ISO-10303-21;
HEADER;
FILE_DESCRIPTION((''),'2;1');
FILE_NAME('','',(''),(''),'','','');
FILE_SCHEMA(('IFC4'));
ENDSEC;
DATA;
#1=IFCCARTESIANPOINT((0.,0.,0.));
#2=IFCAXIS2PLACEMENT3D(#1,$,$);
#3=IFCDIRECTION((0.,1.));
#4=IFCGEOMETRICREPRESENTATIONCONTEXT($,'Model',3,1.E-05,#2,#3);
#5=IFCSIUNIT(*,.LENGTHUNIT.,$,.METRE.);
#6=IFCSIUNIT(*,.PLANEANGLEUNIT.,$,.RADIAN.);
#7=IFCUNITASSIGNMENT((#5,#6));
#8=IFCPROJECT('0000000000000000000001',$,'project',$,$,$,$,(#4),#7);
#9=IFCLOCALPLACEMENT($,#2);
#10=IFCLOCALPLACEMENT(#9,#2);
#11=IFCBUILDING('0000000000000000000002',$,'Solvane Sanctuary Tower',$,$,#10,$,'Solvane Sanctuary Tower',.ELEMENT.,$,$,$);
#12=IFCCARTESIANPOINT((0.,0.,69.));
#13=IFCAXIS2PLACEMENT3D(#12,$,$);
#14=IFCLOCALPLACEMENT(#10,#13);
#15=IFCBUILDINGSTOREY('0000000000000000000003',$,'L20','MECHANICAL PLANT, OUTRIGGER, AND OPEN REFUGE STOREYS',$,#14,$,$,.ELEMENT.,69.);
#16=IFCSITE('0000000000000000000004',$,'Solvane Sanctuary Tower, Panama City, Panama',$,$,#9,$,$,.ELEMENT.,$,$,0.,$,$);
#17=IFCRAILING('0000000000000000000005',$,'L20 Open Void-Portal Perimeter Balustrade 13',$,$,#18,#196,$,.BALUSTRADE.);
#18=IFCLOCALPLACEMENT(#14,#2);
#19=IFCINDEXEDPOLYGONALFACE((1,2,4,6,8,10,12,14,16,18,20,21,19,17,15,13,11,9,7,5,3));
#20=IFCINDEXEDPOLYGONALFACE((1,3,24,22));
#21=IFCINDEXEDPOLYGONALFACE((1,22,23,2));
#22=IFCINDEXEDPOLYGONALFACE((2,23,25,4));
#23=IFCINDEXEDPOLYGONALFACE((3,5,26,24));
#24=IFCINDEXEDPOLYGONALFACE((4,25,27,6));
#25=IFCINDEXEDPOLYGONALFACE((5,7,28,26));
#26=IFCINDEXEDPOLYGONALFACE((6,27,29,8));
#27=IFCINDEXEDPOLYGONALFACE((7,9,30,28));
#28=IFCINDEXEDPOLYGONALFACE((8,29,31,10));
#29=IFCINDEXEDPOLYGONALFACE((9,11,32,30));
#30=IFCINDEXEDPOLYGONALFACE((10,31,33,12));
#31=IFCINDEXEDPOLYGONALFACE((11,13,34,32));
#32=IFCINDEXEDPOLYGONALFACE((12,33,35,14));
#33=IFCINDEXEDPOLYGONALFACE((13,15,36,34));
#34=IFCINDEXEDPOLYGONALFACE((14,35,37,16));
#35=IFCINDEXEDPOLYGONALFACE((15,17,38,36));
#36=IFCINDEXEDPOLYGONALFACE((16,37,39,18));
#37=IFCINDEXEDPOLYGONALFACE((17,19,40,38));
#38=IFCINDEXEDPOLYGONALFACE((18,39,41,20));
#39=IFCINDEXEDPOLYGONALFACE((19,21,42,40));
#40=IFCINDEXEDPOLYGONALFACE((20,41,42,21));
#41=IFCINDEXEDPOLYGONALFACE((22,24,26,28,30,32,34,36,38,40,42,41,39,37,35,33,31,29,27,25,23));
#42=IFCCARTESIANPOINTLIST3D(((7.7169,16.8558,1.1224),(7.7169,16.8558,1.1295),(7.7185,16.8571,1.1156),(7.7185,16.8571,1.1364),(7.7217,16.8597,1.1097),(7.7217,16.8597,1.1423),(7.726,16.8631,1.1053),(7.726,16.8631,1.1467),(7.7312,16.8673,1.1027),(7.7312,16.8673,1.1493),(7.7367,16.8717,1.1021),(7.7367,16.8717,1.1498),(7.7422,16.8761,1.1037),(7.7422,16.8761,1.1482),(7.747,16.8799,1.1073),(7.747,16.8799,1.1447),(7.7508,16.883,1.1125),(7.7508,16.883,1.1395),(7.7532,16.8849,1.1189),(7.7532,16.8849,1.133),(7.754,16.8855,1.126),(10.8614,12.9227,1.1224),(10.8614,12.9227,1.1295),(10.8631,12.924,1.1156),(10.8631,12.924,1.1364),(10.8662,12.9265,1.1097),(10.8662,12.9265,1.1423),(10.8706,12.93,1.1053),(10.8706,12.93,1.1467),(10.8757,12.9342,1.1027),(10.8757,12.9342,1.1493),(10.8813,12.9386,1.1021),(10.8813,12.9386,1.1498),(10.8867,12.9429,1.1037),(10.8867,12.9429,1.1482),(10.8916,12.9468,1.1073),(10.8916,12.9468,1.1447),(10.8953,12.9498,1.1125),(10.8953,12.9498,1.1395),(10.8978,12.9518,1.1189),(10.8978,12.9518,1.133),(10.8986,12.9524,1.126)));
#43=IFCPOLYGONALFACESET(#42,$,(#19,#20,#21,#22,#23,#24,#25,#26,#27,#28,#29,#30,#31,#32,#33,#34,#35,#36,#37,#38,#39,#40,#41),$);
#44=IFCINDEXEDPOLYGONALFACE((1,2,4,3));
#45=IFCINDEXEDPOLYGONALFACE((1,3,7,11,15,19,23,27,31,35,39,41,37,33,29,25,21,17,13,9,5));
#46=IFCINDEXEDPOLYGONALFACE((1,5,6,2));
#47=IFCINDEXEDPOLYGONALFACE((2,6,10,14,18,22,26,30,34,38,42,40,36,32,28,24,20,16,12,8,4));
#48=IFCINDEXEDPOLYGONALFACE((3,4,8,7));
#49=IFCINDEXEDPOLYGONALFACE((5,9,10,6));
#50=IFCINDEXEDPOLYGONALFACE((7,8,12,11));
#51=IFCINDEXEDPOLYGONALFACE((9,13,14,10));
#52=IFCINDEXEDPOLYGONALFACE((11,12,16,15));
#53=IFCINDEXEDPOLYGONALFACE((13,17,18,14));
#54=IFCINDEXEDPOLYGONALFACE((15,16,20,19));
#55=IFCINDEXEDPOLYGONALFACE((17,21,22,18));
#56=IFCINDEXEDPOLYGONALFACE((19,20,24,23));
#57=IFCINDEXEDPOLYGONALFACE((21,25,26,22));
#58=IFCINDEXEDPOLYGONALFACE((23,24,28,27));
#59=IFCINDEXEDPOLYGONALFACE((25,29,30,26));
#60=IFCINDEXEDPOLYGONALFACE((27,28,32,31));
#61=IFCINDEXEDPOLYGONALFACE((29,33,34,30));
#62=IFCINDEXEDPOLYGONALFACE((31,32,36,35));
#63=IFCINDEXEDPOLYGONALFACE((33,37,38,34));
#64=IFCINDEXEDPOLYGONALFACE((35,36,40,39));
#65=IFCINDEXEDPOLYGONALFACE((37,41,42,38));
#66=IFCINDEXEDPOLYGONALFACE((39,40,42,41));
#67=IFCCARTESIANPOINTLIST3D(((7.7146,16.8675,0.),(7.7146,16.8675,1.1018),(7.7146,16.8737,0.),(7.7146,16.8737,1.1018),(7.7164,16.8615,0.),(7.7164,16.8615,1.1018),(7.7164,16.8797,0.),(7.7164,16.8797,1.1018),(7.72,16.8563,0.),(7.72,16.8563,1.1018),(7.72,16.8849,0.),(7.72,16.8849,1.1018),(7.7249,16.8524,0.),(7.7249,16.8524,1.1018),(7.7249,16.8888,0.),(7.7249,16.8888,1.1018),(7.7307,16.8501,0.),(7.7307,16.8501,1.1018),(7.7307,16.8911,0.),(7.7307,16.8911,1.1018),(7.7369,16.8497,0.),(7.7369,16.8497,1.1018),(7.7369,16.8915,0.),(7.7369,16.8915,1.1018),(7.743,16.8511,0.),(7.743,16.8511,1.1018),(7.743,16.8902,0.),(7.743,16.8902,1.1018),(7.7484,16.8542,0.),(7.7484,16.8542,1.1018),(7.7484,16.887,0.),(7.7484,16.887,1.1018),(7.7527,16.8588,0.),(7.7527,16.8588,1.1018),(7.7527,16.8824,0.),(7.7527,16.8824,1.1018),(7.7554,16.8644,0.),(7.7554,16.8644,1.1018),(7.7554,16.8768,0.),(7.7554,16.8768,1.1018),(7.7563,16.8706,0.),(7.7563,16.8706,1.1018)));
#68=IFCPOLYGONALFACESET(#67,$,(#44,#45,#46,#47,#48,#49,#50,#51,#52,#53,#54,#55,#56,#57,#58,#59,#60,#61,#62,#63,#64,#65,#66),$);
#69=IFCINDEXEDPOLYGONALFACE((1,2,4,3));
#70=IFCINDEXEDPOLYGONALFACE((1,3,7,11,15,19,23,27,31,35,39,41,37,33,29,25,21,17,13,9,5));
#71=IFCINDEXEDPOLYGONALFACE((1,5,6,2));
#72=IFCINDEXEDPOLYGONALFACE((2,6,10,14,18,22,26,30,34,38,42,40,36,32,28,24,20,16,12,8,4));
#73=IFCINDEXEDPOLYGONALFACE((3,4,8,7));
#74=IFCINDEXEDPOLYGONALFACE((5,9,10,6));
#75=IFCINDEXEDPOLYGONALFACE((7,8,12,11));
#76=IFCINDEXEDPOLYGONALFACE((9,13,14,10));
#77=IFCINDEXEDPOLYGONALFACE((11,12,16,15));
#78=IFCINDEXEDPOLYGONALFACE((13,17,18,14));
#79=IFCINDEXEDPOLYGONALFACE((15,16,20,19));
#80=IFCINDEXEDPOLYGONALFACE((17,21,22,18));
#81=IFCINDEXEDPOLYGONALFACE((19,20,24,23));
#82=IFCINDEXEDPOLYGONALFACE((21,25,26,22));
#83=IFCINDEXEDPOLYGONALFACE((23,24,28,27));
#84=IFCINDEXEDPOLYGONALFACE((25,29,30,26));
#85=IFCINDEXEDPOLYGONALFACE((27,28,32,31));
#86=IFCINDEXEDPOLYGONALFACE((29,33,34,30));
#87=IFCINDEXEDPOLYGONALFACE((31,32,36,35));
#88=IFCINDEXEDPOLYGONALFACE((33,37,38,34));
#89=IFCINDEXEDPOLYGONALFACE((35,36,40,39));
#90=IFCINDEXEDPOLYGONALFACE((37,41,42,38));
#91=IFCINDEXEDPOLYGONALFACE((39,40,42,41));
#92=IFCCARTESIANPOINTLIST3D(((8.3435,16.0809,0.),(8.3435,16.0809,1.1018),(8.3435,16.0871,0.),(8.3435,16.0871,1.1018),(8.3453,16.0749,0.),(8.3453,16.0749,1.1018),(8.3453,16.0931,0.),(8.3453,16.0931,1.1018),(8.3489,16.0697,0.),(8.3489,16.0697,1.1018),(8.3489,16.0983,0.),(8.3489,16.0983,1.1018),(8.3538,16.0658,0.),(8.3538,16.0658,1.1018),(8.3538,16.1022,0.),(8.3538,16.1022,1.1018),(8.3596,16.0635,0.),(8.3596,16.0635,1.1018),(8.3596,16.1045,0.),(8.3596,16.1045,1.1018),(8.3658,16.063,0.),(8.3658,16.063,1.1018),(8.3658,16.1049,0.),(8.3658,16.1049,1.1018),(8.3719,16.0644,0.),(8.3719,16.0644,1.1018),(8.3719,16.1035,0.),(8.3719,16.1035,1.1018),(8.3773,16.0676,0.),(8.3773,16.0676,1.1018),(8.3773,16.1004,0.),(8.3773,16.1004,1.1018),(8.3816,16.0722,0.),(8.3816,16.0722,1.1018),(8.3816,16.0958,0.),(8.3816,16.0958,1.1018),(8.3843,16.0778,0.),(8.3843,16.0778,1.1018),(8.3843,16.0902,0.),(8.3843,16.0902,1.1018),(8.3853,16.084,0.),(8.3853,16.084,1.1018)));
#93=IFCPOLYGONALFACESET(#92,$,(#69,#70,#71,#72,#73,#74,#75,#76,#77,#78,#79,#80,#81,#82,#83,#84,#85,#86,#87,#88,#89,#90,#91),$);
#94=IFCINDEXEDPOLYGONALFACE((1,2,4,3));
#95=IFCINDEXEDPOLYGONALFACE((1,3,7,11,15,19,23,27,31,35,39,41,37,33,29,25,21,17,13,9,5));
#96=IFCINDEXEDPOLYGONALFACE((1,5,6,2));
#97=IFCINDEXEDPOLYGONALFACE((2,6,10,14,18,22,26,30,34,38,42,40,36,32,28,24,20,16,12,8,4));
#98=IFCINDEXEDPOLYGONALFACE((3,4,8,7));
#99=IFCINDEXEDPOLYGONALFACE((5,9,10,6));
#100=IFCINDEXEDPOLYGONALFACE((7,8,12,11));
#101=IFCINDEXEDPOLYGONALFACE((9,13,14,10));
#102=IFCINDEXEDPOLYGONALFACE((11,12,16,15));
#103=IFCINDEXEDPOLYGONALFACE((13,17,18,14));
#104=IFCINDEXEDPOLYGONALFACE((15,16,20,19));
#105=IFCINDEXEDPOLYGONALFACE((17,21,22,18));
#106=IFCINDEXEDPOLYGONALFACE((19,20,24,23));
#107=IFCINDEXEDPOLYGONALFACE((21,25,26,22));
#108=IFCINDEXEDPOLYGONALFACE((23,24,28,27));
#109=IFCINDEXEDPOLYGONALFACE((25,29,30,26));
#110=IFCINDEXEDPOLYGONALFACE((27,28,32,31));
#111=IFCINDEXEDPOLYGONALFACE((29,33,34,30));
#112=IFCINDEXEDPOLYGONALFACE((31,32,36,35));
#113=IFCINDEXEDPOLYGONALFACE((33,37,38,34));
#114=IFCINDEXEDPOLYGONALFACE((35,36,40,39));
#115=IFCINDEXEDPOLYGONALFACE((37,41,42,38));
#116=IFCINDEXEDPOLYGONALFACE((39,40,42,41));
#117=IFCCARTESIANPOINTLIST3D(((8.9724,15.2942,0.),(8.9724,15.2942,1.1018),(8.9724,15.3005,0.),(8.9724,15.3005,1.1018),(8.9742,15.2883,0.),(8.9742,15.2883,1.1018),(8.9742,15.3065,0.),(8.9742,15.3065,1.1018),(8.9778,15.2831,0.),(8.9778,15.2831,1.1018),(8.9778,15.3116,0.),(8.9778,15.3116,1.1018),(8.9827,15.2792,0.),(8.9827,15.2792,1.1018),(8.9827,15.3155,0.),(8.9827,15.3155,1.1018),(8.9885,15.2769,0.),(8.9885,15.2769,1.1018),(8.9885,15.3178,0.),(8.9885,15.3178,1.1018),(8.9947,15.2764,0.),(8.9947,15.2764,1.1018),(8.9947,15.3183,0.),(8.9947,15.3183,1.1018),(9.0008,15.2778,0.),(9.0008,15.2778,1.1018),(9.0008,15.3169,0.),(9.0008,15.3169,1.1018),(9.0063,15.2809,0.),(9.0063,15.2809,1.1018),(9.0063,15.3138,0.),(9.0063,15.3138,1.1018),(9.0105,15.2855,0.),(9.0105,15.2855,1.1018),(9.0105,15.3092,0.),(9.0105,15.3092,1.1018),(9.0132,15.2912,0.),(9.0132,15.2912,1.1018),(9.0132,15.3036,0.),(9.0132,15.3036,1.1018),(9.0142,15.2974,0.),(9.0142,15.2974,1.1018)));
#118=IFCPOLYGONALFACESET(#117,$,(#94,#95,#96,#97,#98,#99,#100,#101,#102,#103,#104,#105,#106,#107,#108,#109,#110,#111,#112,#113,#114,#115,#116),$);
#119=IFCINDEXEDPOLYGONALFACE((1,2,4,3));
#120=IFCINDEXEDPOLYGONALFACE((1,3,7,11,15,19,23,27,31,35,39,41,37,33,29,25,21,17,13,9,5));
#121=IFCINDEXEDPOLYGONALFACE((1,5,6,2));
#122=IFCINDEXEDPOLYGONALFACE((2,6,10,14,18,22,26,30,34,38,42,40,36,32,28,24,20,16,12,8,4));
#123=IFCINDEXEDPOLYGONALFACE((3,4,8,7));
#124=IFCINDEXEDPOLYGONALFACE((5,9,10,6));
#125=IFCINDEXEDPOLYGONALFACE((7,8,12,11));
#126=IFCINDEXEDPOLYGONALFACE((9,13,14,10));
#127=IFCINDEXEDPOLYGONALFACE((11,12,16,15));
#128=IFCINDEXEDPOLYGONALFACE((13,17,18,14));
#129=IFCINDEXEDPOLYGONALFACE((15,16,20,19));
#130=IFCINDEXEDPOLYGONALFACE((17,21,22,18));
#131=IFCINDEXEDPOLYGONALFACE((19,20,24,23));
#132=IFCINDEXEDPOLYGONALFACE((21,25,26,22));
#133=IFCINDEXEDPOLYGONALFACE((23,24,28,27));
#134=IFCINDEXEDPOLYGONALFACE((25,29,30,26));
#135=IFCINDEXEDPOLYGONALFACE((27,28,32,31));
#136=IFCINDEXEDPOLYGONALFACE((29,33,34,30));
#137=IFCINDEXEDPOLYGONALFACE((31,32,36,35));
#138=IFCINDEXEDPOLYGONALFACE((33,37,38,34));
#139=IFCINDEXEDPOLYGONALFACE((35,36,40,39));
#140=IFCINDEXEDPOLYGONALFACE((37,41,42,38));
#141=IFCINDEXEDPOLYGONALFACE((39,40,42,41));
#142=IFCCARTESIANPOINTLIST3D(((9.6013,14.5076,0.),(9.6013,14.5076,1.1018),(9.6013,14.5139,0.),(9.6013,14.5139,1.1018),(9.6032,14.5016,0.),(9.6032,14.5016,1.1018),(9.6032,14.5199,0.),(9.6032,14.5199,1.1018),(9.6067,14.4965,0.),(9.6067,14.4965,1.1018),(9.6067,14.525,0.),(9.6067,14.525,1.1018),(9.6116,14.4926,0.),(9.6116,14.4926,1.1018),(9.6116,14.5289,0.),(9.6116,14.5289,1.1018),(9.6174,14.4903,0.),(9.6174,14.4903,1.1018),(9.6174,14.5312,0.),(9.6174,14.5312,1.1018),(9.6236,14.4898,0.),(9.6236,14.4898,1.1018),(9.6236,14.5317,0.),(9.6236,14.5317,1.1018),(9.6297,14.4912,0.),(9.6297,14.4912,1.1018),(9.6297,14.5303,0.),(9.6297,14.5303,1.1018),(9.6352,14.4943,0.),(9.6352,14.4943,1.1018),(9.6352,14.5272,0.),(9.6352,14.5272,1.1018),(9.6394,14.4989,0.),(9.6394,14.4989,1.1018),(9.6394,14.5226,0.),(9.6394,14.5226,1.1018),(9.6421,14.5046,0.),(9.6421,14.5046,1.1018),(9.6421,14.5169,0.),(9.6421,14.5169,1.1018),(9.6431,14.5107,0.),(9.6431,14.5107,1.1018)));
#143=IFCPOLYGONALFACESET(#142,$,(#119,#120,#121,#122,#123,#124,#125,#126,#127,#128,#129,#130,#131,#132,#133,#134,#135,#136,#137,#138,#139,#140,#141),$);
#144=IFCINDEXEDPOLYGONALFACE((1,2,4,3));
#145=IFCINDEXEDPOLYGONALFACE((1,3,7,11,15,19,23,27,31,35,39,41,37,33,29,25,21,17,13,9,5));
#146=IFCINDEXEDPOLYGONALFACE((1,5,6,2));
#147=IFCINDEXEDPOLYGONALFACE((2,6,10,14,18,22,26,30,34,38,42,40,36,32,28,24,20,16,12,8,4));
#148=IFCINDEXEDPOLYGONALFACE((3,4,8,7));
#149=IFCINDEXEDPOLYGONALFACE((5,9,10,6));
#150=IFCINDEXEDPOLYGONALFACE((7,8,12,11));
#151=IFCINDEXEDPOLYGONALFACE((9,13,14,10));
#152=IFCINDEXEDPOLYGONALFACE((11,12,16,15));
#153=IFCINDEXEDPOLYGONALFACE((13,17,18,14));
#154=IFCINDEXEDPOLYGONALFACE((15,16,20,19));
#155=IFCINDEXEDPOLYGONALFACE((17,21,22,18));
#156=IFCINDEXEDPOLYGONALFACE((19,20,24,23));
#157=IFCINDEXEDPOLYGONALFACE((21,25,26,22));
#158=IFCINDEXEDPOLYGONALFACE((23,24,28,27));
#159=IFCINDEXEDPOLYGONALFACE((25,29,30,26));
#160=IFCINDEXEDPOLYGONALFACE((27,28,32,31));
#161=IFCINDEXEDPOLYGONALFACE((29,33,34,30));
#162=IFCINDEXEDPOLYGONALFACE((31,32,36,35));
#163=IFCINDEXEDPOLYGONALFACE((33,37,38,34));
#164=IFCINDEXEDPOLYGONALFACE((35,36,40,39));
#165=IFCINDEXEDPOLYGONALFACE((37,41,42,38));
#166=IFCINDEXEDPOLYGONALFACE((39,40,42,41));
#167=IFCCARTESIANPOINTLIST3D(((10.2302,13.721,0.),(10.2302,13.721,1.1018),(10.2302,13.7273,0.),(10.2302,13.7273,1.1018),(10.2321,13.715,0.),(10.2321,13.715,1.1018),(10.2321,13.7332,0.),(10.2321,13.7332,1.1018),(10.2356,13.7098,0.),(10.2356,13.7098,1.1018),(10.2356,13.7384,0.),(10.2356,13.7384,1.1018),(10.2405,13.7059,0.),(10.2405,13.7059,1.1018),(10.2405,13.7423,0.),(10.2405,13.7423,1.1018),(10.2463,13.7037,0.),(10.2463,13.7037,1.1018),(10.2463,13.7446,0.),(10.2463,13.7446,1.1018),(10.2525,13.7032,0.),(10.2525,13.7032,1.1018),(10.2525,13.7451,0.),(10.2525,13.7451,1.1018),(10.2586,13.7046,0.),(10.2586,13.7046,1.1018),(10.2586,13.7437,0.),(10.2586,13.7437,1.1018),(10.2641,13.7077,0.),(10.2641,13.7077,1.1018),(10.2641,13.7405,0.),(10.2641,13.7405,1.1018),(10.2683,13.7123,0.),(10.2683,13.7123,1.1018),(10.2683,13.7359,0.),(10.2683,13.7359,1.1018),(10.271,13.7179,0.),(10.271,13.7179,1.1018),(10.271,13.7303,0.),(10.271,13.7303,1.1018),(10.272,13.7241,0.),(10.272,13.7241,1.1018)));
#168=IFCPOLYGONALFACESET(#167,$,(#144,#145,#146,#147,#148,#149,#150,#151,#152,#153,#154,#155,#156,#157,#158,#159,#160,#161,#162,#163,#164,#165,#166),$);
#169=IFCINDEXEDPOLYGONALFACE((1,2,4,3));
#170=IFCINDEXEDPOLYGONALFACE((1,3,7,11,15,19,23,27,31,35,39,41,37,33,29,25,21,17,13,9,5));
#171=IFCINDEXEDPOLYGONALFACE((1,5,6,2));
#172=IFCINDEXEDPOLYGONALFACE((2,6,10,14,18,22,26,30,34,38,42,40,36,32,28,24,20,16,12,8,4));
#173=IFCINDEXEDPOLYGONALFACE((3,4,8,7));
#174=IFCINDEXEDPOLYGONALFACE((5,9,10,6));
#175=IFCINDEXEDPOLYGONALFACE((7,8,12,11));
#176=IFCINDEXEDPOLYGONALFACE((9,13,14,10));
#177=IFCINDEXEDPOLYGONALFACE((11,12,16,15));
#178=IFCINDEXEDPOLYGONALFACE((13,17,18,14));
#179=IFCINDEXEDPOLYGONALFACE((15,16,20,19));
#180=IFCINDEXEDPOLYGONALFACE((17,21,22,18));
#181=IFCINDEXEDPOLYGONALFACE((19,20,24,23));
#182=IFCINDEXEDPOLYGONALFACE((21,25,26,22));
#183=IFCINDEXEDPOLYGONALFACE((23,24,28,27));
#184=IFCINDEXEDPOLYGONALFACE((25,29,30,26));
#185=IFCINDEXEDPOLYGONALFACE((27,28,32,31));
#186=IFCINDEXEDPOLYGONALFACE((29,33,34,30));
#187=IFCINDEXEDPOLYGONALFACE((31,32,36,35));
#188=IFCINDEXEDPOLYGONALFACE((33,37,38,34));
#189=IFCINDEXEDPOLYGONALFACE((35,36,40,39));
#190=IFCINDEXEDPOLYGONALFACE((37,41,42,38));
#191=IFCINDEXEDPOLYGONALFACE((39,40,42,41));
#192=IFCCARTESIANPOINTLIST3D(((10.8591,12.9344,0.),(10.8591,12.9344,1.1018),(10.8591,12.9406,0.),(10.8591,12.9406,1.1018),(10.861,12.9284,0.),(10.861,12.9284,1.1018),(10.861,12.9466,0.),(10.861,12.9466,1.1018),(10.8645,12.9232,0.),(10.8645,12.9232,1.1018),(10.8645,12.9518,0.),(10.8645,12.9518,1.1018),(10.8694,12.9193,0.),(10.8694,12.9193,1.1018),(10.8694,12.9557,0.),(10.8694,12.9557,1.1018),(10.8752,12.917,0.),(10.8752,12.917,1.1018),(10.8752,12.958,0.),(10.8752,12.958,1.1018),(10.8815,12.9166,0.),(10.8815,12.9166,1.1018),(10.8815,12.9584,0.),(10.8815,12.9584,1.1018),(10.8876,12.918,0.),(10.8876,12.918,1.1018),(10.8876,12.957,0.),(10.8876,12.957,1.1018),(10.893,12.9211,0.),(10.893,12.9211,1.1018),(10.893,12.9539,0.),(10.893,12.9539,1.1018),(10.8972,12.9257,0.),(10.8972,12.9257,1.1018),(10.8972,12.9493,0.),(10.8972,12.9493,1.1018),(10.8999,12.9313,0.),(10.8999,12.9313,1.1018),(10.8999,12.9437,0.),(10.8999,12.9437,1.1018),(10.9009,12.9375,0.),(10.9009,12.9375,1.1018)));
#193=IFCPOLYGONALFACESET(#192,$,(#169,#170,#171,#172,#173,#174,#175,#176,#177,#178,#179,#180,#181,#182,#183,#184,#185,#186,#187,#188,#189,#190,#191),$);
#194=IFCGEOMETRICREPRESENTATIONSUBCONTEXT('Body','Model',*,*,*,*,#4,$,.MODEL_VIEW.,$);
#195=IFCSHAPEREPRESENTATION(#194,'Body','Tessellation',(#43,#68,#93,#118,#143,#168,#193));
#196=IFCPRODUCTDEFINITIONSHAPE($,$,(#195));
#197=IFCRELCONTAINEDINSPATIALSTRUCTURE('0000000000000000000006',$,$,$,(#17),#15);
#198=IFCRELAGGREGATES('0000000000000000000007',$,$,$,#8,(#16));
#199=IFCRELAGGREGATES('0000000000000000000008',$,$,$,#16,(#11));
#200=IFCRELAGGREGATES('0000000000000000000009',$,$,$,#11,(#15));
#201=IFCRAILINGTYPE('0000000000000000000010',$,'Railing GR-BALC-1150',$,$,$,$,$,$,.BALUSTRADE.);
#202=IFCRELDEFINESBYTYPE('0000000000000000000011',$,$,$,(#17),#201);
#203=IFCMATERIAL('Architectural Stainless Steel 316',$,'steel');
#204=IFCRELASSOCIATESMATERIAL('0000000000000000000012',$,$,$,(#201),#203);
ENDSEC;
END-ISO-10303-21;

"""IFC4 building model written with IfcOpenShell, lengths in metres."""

from ifc_helpers import new_model, si_unit, direction, frame, origin, origin_2d, place, context, subcontext, project, spatial, circle, extrude, material, type_object, element, save


model = new_model("IFC4")

# Units and contexts
model_context = context("Model", 3, precision=1e-05, world=origin(), true_north=direction((0.0, 1.0)))
body_context = subcontext(model_context, "Body", "Model", "MODEL_VIEW")
ifc_project = project(units=[si_unit("LENGTHUNIT", "METRE"), si_unit("PLANEANGLEUNIT", "RADIAN")], contexts=[model_context])

# Site, building, storey
site_placement = place(None, origin())
site = spatial("IfcSite", under=ifc_project, at=site_placement, Name="Solvane Sanctuary Tower, Panama City, Panama", CompositionType="ELEMENT", RefElevation=0.0)
building_placement = place(site_placement, origin())
building = spatial("IfcBuilding", under=site, at=building_placement, Name="Solvane Sanctuary Tower", LongName="Solvane Sanctuary Tower", CompositionType="ELEMENT")
storey_placement = place(building_placement, frame((0.0, 0.0, 69.0)))
storey = spatial("IfcBuildingStorey", under=building, at=storey_placement, Name="L20", Description="MECHANICAL PLANT, OUTRIGGER, AND OPEN REFUGE STOREYS", CompositionType="ELEMENT", Elevation=69.0)

# Shared definitions
ifc_material_1 = material(Name="Architectural Stainless Steel 316", Category="steel")

# Railing
railing_type_1 = type_object("IfcRailingType", Name="Railing GR-BALC-1150", PredefinedType="BALUSTRADE", material=ifc_material_1)
railing_1_placement = place(storey_placement, frame((7.7354, 16.8706, 0.0)))
element("IfcRailing", 1, at=railing_1_placement, inside=storey, type_object=railing_type_1, Name="L20 Open Void-Portal Perimeter Balustrade 13", PredefinedType="BALUSTRADE", context=body_context, shape_type="SweptSolid", body=[
    extrude(circle(Radius=0.0239, at=origin_2d()), frame((0.0, 0.0, 1.126), z_axis=(0.624459, -0.781058, 0.0), x_axis=(0.781058, 0.624459, 0.0)), (0.0, 0.0, 1.0), 5.0356),
    extrude(circle(Radius=0.021, at=origin_2d()), origin(), (0.0, 0.0, 1.0), 1.1018),
    extrude(circle(Radius=0.021, at=origin_2d()), frame((0.6289, -0.7866, 0.0)), (0.0, 0.0, 1.0), 1.1018),
    extrude(circle(Radius=0.021, at=origin_2d()), frame((1.2578, -1.5732, 0.0)), (0.0, 0.0, 1.0), 1.1018),
    extrude(circle(Radius=0.021, at=origin_2d()), frame((1.8867, -2.3599, 0.0)), (0.0, 0.0, 1.0), 1.1018),
    extrude(circle(Radius=0.021, at=origin_2d()), frame((2.5156, -3.1465, 0.0)), (0.0, 0.0, 1.0), 1.1018),
    extrude(circle(Radius=0.021, at=origin_2d()), frame((3.1445, -3.9331, 0.0)), (0.0, 0.0, 1.0), 1.1018),
])

save(model, "model.ifc")
